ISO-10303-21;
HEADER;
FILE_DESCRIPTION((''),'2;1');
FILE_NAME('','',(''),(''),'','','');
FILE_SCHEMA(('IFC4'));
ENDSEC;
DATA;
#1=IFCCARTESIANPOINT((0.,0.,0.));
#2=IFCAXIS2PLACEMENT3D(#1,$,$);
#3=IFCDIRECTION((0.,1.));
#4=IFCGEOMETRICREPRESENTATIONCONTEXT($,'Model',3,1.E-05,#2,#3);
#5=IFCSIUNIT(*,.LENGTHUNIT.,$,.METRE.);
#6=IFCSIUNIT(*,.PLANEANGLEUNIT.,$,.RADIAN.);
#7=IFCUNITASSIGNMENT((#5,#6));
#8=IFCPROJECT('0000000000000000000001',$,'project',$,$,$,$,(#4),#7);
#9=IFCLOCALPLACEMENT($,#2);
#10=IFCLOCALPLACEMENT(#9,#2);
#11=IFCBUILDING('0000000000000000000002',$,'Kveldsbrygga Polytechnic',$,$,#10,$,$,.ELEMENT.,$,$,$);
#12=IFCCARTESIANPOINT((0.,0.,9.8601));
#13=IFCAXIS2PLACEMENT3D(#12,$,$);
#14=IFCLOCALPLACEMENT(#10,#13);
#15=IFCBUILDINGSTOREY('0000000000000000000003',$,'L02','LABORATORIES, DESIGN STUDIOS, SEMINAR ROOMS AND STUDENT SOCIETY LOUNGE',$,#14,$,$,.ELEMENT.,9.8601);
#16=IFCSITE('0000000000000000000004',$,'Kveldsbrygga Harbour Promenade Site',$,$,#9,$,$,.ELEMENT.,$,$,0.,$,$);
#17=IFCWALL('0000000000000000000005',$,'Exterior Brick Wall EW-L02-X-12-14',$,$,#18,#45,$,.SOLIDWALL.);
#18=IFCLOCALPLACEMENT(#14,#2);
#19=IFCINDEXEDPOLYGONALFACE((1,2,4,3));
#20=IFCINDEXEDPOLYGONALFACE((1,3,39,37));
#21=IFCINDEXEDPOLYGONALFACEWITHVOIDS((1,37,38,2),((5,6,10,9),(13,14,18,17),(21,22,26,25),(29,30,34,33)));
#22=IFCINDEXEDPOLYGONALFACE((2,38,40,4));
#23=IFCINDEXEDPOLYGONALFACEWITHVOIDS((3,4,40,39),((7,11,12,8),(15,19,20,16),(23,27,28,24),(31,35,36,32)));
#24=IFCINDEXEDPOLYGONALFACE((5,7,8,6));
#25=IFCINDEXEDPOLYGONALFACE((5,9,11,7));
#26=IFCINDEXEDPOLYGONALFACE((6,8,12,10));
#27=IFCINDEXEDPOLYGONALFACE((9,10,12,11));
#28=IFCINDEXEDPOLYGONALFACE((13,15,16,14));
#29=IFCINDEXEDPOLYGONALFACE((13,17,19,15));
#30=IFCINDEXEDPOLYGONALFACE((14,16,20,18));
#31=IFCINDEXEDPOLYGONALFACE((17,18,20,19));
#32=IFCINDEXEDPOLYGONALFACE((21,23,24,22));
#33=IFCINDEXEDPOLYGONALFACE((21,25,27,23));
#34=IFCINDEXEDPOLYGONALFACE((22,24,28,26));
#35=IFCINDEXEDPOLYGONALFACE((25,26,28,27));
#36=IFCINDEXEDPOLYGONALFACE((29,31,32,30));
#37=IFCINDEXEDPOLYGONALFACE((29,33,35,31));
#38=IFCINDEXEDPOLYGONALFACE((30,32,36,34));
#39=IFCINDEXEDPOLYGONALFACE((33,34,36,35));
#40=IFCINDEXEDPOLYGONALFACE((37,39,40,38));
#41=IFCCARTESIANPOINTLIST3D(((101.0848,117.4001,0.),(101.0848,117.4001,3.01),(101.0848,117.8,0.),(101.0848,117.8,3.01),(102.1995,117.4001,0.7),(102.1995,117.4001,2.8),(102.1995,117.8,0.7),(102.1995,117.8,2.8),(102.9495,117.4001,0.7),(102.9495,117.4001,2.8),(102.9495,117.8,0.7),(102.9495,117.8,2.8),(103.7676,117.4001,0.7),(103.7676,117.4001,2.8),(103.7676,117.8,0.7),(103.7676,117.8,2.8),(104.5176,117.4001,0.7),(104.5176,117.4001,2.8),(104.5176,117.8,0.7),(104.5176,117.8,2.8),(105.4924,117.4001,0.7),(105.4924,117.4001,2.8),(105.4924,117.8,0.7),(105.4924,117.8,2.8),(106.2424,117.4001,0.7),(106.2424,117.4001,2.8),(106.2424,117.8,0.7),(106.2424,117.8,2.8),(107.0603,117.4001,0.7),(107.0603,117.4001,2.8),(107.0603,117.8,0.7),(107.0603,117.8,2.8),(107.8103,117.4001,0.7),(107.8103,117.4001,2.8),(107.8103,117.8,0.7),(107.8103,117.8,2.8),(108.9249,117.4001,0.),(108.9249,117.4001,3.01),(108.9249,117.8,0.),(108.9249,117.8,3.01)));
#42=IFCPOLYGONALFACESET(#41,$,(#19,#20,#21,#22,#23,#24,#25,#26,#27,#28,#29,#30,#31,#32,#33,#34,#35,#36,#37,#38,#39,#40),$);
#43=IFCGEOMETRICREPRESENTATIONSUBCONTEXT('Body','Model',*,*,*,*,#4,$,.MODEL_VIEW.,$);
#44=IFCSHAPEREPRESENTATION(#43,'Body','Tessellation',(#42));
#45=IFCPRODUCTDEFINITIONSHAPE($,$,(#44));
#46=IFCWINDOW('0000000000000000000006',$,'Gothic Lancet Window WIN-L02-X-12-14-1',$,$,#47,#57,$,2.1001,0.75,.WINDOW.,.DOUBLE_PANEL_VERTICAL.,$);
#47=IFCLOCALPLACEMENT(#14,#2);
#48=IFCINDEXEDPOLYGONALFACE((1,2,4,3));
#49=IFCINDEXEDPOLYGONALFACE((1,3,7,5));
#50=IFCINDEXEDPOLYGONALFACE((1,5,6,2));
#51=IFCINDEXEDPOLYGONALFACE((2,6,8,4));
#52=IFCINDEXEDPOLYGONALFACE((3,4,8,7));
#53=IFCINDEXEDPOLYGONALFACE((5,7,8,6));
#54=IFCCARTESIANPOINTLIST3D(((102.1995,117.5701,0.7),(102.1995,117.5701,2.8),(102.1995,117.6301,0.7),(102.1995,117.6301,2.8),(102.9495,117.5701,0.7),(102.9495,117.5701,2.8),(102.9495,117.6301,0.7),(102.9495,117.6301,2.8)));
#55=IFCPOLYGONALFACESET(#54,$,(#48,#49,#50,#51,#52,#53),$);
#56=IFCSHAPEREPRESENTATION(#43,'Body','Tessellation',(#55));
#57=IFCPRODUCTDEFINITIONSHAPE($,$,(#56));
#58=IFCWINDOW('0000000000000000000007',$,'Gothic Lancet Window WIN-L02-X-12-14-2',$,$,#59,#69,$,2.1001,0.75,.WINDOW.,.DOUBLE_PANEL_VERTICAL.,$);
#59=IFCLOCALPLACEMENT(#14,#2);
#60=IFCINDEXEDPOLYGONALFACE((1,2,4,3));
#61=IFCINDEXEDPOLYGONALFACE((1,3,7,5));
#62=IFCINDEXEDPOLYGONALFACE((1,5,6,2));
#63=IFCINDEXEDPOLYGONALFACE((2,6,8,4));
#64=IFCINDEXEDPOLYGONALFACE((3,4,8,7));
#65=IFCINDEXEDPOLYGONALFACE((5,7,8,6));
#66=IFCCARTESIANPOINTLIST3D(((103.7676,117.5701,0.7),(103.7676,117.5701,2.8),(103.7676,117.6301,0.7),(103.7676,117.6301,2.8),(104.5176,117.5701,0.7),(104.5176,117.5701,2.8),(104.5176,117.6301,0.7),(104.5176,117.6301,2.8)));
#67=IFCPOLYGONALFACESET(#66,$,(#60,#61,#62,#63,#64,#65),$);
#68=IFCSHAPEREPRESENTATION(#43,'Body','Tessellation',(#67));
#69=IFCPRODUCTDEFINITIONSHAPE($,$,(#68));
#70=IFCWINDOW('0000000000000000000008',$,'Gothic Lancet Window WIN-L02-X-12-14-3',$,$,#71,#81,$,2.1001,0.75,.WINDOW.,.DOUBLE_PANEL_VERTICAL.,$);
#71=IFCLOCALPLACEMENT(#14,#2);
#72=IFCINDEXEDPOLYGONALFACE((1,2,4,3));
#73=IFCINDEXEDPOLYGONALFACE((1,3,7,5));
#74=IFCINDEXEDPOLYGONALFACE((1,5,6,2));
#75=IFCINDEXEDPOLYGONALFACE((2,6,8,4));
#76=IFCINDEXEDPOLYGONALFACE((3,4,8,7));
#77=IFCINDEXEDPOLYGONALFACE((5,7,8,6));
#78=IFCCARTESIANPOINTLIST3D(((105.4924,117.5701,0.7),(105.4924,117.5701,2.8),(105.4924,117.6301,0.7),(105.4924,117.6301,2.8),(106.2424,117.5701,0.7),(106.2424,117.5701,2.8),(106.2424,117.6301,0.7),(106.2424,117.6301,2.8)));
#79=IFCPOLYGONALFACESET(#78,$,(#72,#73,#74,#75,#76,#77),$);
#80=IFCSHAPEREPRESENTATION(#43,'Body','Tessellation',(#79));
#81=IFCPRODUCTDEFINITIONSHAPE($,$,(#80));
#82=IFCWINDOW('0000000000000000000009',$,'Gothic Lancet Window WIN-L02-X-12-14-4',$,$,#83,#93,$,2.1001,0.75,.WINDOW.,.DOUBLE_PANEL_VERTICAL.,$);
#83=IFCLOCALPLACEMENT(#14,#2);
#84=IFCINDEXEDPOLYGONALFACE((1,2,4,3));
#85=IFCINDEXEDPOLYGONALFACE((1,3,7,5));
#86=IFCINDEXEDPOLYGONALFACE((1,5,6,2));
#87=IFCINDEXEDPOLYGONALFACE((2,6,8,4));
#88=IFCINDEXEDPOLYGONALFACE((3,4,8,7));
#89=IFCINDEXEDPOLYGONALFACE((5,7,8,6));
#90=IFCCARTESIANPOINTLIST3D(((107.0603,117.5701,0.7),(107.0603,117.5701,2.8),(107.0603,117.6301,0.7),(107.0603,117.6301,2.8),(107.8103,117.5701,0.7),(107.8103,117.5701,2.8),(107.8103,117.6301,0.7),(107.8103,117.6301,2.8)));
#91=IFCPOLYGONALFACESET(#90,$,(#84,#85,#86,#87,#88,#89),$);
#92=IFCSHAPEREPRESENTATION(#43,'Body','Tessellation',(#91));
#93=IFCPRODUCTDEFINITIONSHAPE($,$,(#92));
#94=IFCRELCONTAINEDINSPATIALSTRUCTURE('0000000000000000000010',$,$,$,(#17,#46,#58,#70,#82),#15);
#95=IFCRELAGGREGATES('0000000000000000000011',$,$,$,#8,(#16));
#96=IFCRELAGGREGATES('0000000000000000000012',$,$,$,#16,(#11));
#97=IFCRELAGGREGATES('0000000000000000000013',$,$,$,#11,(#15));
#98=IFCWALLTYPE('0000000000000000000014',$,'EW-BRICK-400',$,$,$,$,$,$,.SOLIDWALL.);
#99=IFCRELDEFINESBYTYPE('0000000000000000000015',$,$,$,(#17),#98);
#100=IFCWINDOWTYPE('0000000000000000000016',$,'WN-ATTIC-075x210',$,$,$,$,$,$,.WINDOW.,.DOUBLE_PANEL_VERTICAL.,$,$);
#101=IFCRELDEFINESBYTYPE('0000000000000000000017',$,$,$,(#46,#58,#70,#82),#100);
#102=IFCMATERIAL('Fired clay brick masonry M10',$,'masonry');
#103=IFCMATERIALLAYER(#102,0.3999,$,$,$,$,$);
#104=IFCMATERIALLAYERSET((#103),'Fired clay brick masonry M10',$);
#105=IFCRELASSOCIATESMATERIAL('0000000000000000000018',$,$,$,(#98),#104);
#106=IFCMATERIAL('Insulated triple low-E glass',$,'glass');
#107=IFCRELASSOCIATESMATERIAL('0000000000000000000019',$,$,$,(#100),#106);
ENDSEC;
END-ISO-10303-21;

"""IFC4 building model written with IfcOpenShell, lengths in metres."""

from ifc_helpers import new_model, si_unit, direction, frame, frame_2d, origin, place, context, subcontext, project, spatial, rectangle, extrude, material, layer, layer_set, type_object, element, fill, save


model = new_model("IFC4")

# Units and contexts
model_context = context("Model", 3, precision=1e-05, world=origin(), true_north=direction((0.0, 1.0)))
body_context = subcontext(model_context, "Body", "Model", "MODEL_VIEW")
ifc_project = project(units=[si_unit("LENGTHUNIT", "METRE"), si_unit("PLANEANGLEUNIT", "RADIAN")], contexts=[model_context])

# Site, building, storey
site_placement = place(None, origin())
site = spatial("IfcSite", under=ifc_project, at=site_placement, Name="Kveldsbrygga Harbour Promenade Site", CompositionType="ELEMENT", RefElevation=0.0)
building_placement = place(site_placement, origin())
building = spatial("IfcBuilding", under=site, at=building_placement, Name="Kveldsbrygga Polytechnic", CompositionType="ELEMENT")
storey_placement = place(building_placement, frame((0.0, 0.0, 9.8601)))
storey = spatial("IfcBuildingStorey", under=building, at=storey_placement, Name="L02", Description="LABORATORIES, DESIGN STUDIOS, SEMINAR ROOMS AND STUDENT SOCIETY LOUNGE", CompositionType="ELEMENT", Elevation=9.8601)

# Shared definitions
ifc_material_1 = material(Name="Insulated triple low-E glass", Category="glass")

# Wall, openings, windows
ifc_material_2 = material(Name="Fired clay brick masonry M10", Category="masonry")
ifc_layer_1 = layer(ifc_material_2, 0.3999)
ifc_layer_set_1 = layer_set([ifc_layer_1], Name="Fired clay brick masonry M10")
wall_type = type_object("IfcWallType", Name="EW-BRICK-400", PredefinedType="SOLIDWALL", material=ifc_layer_set_1)
wall_placement = place(storey_placement, frame((101.085, 117.6001, 0.0), z_axis=(0.0, 0.0, 1.0), x_axis=(1.0, 0.0, 0.0)))
wall = element("IfcWall", 1, at=wall_placement, inside=storey, type_object=wall_type, Name="Exterior Brick Wall EW-L02-X-12-14", PredefinedType="SOLIDWALL", context=body_context, shape_type="SweptSolid", body=[
    extrude(rectangle(XDim=7.8401, YDim=0.3999, at=frame_2d((3.9199, 0.0))), origin(), (0.0, 0.0, 1.0), 3.01),
])
opening_1_placement = place(wall_placement, frame((1.1145, 0.0, 0.7)))
opening_1 = element("IfcOpeningElement", 2, at=opening_1_placement, cuts=wall, PredefinedType="OPENING", context=body_context, shape_type="SweptSolid", body=[
    extrude(rectangle(XDim=0.75, YDim=2.1001, at=frame_2d((0.375, 1.05))), frame((0.0, 0.21, 0.0), z_axis=(0.0, -1.0, 0.0), x_axis=(1.0, 0.0, 0.0)), (0.0, 0.0, 1.0), 0.4199),
])
opening_2_placement = place(wall_placement, frame((2.6826, 0.0, 0.7)))
opening_2 = element("IfcOpeningElement", 3, at=opening_2_placement, cuts=wall, PredefinedType="OPENING", context=body_context, shape_type="SweptSolid", body=[
    extrude(rectangle(XDim=0.75, YDim=2.1001, at=frame_2d((0.375, 1.05))), frame((0.0, 0.21, 0.0), z_axis=(0.0, -1.0, 0.0), x_axis=(1.0, 0.0, 0.0)), (0.0, 0.0, 1.0), 0.4199),
])
opening_3_placement = place(wall_placement, frame((4.4075, 0.0, 0.7)))
opening_3 = element("IfcOpeningElement", 4, at=opening_3_placement, cuts=wall, PredefinedType="OPENING", context=body_context, shape_type="SweptSolid", body=[
    extrude(rectangle(XDim=0.75, YDim=2.1001, at=frame_2d((0.375, 1.05))), frame((0.0, 0.21, 0.0), z_axis=(0.0, -1.0, 0.0), x_axis=(1.0, 0.0, 0.0)), (0.0, 0.0, 1.0), 0.4199),
])
opening_4_placement = place(wall_placement, frame((5.9753, 0.0, 0.7)))
opening_4 = element("IfcOpeningElement", 5, at=opening_4_placement, cuts=wall, PredefinedType="OPENING", context=body_context, shape_type="SweptSolid", body=[
    extrude(rectangle(XDim=0.75, YDim=2.1001, at=frame_2d((0.375, 1.05))), frame((0.0, 0.21, 0.0), z_axis=(0.0, -1.0, 0.0), x_axis=(1.0, 0.0, 0.0)), (0.0, 0.0, 1.0), 0.4199),
])
window_type = type_object("IfcWindowType", Name="WN-ATTIC-075x210", PartitioningType="DOUBLE_PANEL_VERTICAL", PredefinedType="WINDOW", material=ifc_material_1)
window_1_placement = place(opening_1_placement, origin())
window_1 = element("IfcWindow", 6, at=window_1_placement, inside=storey, type_object=window_type, Name="Gothic Lancet Window WIN-L02-X-12-14-1", OverallHeight=2.1001, OverallWidth=0.75, PartitioningType="DOUBLE_PANEL_VERTICAL", PredefinedType="WINDOW", context=body_context, shape_type="SweptSolid", body=[
    extrude(rectangle(XDim=0.75, YDim=2.1001, at=frame_2d((0.375, 1.05))), frame((0.0, 0.03, 0.0), z_axis=(0.0, -1.0, 0.0), x_axis=(1.0, 0.0, 0.0)), (0.0, 0.0, 1.0), 0.0601),
])
fill(opening_1, window_1)
window_2_placement = place(opening_2_placement, origin())
window_2 = element("IfcWindow", 7, at=window_2_placement, inside=storey, type_object=window_type, Name="Gothic Lancet Window WIN-L02-X-12-14-2", OverallHeight=2.1001, OverallWidth=0.75, PartitioningType="DOUBLE_PANEL_VERTICAL", PredefinedType="WINDOW", context=body_context, shape_type="SweptSolid", body=[
    extrude(rectangle(XDim=0.75, YDim=2.1001, at=frame_2d((0.375, 1.05))), frame((0.0, 0.03, 0.0), z_axis=(0.0, -1.0, 0.0), x_axis=(1.0, 0.0, 0.0)), (0.0, 0.0, 1.0), 0.0601),
])
fill(opening_2, window_2)
window_3_placement = place(opening_3_placement, origin())
window_3 = element("IfcWindow", 8, at=window_3_placement, inside=storey, type_object=window_type, Name="Gothic Lancet Window WIN-L02-X-12-14-3", OverallHeight=2.1001, OverallWidth=0.75, PartitioningType="DOUBLE_PANEL_VERTICAL", PredefinedType="WINDOW", context=body_context, shape_type="SweptSolid", body=[
    extrude(rectangle(XDim=0.75, YDim=2.1001, at=frame_2d((0.375, 1.05))), frame((0.0, 0.03, 0.0), z_axis=(0.0, -1.0, 0.0), x_axis=(1.0, 0.0, 0.0)), (0.0, 0.0, 1.0), 0.0601),
])
fill(opening_3, window_3)
window_4_placement = place(opening_4_placement, origin())
window_4 = element("IfcWindow", 9, at=window_4_placement, inside=storey, type_object=window_type, Name="Gothic Lancet Window WIN-L02-X-12-14-4", OverallHeight=2.1001, OverallWidth=0.75, PartitioningType="DOUBLE_PANEL_VERTICAL", PredefinedType="WINDOW", context=body_context, shape_type="SweptSolid", body=[
    extrude(rectangle(XDim=0.75, YDim=2.1001, at=frame_2d((0.375, 1.05))), frame((0.0, 0.03, 0.0), z_axis=(0.0, -1.0, 0.0), x_axis=(1.0, 0.0, 0.0)), (0.0, 0.0, 1.0), 0.0601),
])
fill(opening_4, window_4)

save(model, "model.ifc")
